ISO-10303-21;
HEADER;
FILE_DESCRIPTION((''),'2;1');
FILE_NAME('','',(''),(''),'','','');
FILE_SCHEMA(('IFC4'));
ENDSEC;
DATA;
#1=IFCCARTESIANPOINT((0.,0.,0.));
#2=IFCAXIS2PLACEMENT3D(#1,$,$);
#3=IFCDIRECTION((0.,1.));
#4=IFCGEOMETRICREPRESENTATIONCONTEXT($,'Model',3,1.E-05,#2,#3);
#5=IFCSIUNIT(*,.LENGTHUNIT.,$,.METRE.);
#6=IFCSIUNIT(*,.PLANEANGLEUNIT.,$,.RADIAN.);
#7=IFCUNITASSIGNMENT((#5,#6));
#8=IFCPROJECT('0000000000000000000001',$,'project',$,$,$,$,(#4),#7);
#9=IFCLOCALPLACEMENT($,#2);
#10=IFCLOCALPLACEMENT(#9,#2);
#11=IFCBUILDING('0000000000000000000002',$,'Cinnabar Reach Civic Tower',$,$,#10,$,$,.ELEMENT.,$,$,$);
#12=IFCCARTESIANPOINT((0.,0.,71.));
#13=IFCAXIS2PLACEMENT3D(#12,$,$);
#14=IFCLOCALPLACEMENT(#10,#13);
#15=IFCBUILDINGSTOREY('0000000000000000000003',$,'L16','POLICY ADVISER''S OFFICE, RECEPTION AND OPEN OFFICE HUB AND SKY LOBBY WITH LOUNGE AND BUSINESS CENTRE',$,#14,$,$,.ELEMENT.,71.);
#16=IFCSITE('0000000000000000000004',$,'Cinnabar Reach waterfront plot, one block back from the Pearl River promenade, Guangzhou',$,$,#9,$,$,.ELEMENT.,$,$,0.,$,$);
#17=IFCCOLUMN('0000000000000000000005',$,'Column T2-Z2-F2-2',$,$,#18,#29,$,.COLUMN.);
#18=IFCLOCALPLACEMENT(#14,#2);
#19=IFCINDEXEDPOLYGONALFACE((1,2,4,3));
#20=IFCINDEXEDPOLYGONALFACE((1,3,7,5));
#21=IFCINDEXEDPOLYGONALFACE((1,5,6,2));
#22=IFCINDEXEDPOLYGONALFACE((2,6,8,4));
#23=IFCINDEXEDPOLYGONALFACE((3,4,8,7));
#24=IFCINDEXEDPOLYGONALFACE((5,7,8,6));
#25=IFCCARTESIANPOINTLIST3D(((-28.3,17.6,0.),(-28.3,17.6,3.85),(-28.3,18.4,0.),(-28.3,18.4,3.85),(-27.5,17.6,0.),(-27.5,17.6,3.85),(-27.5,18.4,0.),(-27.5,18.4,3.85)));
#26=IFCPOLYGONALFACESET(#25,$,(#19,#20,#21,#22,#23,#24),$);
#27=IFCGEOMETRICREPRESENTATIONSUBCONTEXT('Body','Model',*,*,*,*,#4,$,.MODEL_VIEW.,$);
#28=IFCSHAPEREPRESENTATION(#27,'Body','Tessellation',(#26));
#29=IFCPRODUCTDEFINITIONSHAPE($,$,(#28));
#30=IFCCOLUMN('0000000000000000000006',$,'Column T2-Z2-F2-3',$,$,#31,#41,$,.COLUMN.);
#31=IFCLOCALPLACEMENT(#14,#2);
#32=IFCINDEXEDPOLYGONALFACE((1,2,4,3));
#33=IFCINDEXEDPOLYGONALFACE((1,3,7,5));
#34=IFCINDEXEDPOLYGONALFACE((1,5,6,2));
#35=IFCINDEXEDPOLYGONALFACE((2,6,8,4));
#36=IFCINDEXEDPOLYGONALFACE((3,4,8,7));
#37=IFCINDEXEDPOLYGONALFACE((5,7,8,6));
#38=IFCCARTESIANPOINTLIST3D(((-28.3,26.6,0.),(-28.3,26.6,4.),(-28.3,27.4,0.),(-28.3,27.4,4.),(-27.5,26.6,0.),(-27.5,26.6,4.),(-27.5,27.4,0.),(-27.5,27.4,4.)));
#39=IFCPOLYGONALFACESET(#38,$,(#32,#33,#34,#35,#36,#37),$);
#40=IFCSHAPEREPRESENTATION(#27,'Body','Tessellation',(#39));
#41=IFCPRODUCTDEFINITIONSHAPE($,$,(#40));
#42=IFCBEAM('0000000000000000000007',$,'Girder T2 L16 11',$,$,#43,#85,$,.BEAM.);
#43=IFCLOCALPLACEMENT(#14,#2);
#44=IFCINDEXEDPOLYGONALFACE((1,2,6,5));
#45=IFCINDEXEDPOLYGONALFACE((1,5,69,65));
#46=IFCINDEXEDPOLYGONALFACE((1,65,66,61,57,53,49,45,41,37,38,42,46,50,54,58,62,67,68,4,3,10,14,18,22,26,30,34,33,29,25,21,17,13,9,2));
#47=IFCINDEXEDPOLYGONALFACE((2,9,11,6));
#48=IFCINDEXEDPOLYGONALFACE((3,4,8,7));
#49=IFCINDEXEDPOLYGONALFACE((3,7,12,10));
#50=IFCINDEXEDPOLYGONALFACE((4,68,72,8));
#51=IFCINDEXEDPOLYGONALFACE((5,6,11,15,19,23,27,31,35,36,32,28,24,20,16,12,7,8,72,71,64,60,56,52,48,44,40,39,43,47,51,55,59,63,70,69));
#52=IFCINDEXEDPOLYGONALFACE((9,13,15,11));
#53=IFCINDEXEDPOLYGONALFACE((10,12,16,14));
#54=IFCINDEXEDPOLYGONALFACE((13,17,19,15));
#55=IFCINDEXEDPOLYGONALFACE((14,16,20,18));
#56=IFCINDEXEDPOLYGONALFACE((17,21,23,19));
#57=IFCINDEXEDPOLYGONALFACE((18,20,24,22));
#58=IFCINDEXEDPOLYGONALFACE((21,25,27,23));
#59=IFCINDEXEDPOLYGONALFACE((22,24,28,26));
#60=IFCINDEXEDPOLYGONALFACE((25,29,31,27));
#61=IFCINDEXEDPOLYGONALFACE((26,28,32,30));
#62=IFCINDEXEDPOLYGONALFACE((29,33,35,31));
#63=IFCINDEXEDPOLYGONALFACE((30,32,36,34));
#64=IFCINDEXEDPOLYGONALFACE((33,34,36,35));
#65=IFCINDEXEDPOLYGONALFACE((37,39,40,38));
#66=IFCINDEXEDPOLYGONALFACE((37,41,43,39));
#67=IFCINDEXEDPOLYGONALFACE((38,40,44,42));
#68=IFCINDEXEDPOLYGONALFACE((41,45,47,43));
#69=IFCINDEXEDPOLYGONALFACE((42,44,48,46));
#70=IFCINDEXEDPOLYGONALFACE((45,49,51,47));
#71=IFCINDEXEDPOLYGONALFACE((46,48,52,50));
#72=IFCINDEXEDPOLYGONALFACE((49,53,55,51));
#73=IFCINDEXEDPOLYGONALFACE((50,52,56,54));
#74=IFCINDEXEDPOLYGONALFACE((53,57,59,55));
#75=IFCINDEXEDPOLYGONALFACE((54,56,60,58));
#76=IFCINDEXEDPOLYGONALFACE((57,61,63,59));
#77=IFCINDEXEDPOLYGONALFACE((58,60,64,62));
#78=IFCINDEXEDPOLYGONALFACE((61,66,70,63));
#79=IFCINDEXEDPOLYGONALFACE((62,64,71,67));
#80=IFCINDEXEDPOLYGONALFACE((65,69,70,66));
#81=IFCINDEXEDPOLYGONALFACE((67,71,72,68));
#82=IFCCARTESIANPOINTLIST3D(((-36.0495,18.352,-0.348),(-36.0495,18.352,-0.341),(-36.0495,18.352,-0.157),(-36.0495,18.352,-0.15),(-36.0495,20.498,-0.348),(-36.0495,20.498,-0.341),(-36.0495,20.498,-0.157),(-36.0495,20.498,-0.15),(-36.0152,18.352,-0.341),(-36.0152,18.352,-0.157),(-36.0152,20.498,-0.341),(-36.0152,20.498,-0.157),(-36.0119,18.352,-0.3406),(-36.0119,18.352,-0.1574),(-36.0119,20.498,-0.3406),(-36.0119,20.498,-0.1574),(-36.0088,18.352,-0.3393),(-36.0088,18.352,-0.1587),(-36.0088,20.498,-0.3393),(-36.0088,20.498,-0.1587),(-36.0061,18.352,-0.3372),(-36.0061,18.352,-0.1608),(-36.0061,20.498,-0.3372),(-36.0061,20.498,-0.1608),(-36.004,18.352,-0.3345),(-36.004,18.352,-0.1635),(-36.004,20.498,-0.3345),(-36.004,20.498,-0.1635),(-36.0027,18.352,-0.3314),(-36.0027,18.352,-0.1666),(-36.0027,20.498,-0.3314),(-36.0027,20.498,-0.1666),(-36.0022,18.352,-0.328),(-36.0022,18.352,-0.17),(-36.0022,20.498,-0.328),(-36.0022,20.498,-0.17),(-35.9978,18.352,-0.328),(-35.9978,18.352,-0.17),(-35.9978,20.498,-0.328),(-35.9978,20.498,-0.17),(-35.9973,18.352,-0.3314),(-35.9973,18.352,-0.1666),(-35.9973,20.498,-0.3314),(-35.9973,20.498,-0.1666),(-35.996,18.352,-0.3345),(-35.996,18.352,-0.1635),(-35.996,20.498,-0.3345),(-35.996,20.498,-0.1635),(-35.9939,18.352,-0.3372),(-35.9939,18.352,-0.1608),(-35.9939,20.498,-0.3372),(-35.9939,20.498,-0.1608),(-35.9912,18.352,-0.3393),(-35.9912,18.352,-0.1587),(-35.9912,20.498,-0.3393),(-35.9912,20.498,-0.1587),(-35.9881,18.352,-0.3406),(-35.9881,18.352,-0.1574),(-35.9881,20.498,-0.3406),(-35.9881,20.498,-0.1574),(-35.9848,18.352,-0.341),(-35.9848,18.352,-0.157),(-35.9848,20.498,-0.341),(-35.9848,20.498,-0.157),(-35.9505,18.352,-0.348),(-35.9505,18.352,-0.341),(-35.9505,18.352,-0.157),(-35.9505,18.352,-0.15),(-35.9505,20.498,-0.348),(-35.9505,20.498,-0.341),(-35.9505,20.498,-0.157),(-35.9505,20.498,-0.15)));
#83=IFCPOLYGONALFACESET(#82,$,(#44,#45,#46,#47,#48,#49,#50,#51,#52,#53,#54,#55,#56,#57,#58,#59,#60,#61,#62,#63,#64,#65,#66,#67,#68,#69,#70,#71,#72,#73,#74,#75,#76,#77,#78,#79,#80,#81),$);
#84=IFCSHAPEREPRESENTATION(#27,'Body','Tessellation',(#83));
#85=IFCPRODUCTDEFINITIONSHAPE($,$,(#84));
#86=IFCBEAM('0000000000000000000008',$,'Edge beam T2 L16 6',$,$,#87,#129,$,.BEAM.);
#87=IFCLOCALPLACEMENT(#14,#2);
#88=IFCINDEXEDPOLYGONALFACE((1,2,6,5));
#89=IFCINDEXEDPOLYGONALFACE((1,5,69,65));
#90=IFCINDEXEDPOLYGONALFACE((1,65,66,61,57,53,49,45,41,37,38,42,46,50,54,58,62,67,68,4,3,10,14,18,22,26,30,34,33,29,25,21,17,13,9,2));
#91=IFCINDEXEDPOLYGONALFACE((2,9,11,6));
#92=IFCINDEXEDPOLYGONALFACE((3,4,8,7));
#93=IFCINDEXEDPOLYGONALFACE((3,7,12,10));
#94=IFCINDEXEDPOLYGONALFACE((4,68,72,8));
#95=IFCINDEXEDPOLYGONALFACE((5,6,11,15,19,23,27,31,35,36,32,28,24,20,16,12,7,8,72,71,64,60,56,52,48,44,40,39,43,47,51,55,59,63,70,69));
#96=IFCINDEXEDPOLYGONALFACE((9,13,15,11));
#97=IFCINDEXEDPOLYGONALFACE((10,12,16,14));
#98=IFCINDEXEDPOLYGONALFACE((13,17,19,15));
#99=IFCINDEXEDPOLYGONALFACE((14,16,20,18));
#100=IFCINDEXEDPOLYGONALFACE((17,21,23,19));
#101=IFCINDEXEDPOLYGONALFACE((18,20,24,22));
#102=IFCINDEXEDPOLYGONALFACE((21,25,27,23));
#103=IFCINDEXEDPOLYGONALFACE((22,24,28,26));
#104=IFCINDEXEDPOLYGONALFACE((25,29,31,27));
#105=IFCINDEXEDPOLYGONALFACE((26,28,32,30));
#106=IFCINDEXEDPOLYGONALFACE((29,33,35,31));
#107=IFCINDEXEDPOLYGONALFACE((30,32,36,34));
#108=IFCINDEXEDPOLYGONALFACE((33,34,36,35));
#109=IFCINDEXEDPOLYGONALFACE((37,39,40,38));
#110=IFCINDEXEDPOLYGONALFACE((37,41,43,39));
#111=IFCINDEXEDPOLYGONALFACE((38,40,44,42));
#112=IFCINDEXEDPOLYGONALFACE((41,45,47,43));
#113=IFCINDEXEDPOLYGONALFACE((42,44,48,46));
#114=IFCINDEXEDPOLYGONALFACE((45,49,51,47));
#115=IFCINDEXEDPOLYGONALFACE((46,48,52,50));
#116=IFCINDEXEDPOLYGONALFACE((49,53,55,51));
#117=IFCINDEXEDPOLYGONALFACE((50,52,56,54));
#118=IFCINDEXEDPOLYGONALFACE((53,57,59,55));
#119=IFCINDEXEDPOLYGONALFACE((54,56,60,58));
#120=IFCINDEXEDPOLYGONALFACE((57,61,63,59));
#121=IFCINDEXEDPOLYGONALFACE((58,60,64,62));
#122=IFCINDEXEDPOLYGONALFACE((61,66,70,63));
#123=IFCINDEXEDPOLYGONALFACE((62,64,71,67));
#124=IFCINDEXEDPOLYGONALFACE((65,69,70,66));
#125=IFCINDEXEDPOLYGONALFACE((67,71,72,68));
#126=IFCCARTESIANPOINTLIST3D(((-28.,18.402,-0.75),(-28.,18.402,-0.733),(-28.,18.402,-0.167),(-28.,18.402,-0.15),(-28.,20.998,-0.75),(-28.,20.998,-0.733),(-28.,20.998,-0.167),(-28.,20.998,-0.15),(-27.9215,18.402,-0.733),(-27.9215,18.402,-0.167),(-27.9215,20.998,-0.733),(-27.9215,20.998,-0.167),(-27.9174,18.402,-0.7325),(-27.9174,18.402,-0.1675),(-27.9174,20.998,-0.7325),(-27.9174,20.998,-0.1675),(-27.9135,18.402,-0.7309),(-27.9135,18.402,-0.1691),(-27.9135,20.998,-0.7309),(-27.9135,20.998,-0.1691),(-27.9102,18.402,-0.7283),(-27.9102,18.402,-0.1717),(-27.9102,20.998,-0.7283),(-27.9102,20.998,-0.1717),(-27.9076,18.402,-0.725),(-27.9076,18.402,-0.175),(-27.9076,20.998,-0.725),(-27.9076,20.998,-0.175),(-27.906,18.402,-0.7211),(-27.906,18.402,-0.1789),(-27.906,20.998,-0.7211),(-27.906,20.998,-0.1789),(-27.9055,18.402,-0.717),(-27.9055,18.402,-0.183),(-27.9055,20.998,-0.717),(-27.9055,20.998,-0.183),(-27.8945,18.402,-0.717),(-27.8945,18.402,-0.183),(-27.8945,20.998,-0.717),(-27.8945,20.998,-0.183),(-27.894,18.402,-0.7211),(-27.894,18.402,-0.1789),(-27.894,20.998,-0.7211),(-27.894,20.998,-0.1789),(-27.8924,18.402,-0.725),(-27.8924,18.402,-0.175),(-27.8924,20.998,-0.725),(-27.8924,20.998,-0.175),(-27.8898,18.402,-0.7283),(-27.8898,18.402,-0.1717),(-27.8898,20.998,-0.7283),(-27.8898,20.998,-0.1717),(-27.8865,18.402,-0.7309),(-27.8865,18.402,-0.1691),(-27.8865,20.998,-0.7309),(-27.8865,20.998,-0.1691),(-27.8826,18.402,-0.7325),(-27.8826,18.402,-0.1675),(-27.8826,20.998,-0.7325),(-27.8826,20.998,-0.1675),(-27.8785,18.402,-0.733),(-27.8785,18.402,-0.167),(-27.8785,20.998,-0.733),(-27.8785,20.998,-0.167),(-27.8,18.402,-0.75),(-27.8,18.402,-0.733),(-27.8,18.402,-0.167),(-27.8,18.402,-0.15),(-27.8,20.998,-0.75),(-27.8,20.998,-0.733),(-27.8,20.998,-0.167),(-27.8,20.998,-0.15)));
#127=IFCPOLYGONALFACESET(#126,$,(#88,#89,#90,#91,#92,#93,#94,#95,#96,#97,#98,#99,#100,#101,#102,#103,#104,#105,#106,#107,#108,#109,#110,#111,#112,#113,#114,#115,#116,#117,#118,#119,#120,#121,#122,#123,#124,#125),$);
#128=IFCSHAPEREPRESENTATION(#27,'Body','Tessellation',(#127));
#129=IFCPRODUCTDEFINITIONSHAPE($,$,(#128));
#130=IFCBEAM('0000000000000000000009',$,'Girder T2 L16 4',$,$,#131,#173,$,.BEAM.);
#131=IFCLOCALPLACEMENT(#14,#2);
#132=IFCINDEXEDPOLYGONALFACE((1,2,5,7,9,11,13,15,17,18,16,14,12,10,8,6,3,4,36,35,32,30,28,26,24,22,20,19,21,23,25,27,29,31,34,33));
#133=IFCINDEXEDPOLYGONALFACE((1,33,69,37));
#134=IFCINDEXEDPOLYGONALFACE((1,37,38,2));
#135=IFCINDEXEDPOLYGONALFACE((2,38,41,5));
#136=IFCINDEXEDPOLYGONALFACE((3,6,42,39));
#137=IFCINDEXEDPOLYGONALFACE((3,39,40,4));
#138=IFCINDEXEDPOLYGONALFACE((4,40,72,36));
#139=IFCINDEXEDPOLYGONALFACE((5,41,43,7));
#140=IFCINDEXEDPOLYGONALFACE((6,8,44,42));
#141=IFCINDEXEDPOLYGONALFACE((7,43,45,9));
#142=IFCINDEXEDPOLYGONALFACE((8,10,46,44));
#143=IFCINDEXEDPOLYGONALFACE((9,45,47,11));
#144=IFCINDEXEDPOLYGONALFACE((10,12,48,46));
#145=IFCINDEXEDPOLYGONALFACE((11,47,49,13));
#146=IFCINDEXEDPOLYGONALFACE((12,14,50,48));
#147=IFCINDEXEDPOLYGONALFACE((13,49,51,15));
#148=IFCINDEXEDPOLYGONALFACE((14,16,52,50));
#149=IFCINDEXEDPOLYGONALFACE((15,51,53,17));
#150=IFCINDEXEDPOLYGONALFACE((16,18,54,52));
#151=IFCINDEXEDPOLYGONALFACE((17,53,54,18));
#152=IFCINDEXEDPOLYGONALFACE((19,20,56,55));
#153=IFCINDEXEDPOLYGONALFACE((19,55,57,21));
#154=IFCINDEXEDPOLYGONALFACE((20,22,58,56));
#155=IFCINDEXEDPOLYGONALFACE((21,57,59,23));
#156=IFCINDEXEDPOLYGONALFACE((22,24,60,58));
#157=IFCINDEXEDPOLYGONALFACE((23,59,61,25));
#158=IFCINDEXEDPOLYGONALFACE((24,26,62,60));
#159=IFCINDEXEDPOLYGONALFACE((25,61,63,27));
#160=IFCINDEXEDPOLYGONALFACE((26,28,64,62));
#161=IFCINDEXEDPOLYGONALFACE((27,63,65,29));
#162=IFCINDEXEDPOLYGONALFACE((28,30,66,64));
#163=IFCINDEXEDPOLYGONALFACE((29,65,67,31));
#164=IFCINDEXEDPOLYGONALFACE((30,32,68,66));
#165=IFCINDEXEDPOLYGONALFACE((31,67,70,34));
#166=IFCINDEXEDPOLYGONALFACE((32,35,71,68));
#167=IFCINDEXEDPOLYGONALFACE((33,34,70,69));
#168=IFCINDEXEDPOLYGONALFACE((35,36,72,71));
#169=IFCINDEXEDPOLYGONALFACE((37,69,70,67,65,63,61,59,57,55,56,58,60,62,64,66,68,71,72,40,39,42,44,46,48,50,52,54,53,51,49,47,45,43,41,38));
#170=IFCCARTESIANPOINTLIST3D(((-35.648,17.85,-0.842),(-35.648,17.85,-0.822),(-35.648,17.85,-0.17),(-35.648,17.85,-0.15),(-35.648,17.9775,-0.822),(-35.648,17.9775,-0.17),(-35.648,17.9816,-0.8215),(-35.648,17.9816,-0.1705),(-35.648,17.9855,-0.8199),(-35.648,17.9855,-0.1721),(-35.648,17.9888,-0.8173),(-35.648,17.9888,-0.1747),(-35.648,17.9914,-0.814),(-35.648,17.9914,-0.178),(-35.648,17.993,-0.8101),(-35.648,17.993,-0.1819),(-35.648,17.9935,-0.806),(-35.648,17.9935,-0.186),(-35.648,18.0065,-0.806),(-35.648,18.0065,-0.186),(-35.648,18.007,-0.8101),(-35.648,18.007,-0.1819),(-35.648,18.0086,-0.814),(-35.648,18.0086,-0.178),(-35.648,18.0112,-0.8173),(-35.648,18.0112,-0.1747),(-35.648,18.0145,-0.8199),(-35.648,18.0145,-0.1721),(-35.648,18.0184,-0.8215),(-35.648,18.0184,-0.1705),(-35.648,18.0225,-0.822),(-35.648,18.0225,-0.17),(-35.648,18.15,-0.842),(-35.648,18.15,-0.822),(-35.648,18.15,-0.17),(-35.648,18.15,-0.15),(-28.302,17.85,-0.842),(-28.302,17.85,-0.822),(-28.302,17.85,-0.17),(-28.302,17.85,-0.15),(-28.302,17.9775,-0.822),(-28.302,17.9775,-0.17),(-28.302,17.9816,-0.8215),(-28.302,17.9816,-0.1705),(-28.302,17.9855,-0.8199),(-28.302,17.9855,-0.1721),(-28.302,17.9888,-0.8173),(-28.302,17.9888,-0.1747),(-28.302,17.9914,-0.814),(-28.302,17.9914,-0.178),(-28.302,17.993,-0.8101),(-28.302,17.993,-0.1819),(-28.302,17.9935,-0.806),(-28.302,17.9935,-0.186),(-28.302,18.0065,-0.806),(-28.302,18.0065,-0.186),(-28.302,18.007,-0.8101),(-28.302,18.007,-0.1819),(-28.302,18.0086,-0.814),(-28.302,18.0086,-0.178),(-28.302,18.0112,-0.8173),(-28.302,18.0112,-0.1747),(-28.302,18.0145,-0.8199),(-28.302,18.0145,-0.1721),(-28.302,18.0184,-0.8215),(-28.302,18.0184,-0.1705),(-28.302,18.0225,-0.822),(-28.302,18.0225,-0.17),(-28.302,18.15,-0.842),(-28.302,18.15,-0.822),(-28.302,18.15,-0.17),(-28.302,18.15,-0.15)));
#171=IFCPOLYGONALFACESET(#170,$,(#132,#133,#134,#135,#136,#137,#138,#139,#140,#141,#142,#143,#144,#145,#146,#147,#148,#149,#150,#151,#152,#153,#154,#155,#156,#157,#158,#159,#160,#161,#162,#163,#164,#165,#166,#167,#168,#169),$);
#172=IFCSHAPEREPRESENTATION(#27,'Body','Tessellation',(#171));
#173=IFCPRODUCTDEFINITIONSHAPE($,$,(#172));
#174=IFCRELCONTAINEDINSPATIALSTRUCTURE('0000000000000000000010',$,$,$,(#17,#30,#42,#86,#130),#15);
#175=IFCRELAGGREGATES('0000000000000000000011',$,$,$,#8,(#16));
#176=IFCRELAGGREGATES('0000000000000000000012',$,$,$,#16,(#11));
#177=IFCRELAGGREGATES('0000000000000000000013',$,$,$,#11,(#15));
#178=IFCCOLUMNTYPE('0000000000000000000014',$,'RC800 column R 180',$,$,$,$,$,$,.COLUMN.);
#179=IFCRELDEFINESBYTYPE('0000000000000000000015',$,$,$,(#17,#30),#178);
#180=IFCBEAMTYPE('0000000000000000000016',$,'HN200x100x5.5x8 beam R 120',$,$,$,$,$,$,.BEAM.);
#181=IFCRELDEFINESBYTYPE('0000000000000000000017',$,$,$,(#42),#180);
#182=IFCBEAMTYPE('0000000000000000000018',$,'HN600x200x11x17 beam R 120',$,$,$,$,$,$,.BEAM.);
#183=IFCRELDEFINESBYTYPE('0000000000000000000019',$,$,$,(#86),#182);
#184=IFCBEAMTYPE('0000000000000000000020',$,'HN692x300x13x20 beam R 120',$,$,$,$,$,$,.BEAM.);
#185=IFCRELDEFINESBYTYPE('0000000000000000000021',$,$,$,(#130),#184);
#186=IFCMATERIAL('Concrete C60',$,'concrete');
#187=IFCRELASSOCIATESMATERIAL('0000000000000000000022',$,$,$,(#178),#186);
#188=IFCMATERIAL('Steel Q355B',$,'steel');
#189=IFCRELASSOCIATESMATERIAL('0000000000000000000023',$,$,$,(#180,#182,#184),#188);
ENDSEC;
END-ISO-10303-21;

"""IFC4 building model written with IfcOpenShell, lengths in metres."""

from ifc_helpers import new_model, si_unit, direction, frame, origin, origin_2d, place, context, subcontext, project, spatial, rectangle, i_section, extrude, material, material_profile, profile_set, type_object, element, save


model = new_model("IFC4")

# Units and contexts
model_context = context("Model", 3, precision=1e-05, world=origin(), true_north=direction((0.0, 1.0)))
body_context = subcontext(model_context, "Body", "Model", "MODEL_VIEW")
ifc_project = project(units=[si_unit("LENGTHUNIT", "METRE"), si_unit("PLANEANGLEUNIT", "RADIAN")], contexts=[model_context])

# Site, building, storey
site_placement = place(None, origin())
site = spatial("IfcSite", under=ifc_project, at=site_placement, Name="Cinnabar Reach waterfront plot, one block back from the Pearl River promenade, Guangzhou", CompositionType="ELEMENT", RefElevation=0.0)
building_placement = place(site_placement, origin())
building = spatial("IfcBuilding", under=site, at=building_placement, Name="Cinnabar Reach Civic Tower", CompositionType="ELEMENT")
storey_placement = place(building_placement, frame((0.0, 0.0, 71.0)))
storey = spatial("IfcBuildingStorey", under=building, at=storey_placement, Name="L16", Description="POLICY ADVISER'S OFFICE, RECEPTION AND OPEN OFFICE HUB AND SKY LOBBY WITH LOUNGE AND BUSINESS CENTRE", CompositionType="ELEMENT", Elevation=71.0)

# Columns
ifc_material_1 = material(Name="Concrete C60", Category="concrete")
ifc_material_profile_1 = material_profile(ifc_material_1, rectangle(XDim=0.8, YDim=0.8, at=origin_2d()), Name="RC800")
ifc_profile_set_1 = profile_set([ifc_material_profile_1], Name="Concrete C60")
column_type = type_object("IfcColumnType", Name="RC800 column R 180", PredefinedType="COLUMN", material=ifc_profile_set_1)
column_1_placement = place(storey_placement, frame((-27.9, 18.0, 0.0), z_axis=(0.0, 0.0, 1.0), x_axis=(1.0, 0.0, 0.0)))
element("IfcColumn", 1, at=column_1_placement, inside=storey, type_object=column_type, Name="Column T2-Z2-F2-2", PredefinedType="COLUMN", context=body_context, shape_type="SweptSolid", body=[
    extrude(rectangle(XDim=0.8, YDim=0.8, at=origin_2d()), origin(), (0.0, 0.0, 1.0), 3.85),
])
column_2_placement = place(storey_placement, frame((-27.9, 27.0, 0.0), z_axis=(0.0, 0.0, 1.0), x_axis=(1.0, 0.0, 0.0)))
element("IfcColumn", 2, at=column_2_placement, inside=storey, type_object=column_type, Name="Column T2-Z2-F2-3", PredefinedType="COLUMN", context=body_context, shape_type="SweptSolid", body=[
    extrude(rectangle(XDim=0.8, YDim=0.8, at=origin_2d()), origin(), (0.0, 0.0, 1.0), 4.0),
])

# Beams
ifc_material_2 = material(Name="Steel Q355B", Category="steel")
ifc_material_profile_2 = material_profile(ifc_material_2, i_section(OverallWidth=0.099, OverallDepth=0.198, WebThickness=0.0045, FlangeThickness=0.007, FilletRadius=0.013, at=origin_2d()), Name="HN200x100x5.5x8")
ifc_profile_set_2 = profile_set([ifc_material_profile_2], Name="Steel Q355B")
beam_type_1 = type_object("IfcBeamType", Name="HN200x100x5.5x8 beam R 120", PredefinedType="BEAM", material=ifc_profile_set_2)
beam_1_placement = place(storey_placement, frame((-36.0, 18.352, -0.249), z_axis=(0.0, 1.0, 0.0), x_axis=(-1.0, 0.0, 0.0)))
element("IfcBeam", 3, at=beam_1_placement, inside=storey, type_object=beam_type_1, Name="Girder T2 L16 11", PredefinedType="BEAM", context=body_context, shape_type="SweptSolid", body=[
    extrude(i_section(OverallWidth=0.099, OverallDepth=0.198, WebThickness=0.0045, FlangeThickness=0.007, FilletRadius=0.013, at=origin_2d()), origin(), (0.0, 0.0, 1.0), 2.146),
])
ifc_material_profile_3 = material_profile(ifc_material_2, i_section(OverallWidth=0.2, OverallDepth=0.6, WebThickness=0.011, FlangeThickness=0.017, FilletRadius=0.016, at=origin_2d()), Name="HN600x200x11x17")
ifc_profile_set_3 = profile_set([ifc_material_profile_3], Name="Steel Q355B")
beam_type_2 = type_object("IfcBeamType", Name="HN600x200x11x17 beam R 120", PredefinedType="BEAM", material=ifc_profile_set_3)
beam_2_placement = place(storey_placement, frame((-27.9, 18.402, -0.45), z_axis=(0.0, 1.0, 0.0), x_axis=(-1.0, 0.0, 0.0)))
element("IfcBeam", 4, at=beam_2_placement, inside=storey, type_object=beam_type_2, Name="Edge beam T2 L16 6", PredefinedType="BEAM", context=body_context, shape_type="SweptSolid", body=[
    extrude(i_section(OverallWidth=0.2, OverallDepth=0.6, WebThickness=0.011, FlangeThickness=0.017, FilletRadius=0.016, at=origin_2d()), origin(), (0.0, 0.0, 1.0), 2.596),
])
ifc_material_profile_4 = material_profile(ifc_material_2, i_section(OverallWidth=0.3, OverallDepth=0.692, WebThickness=0.013, FlangeThickness=0.02, FilletRadius=0.016, at=origin_2d()), Name="HN692x300x13x20")
ifc_profile_set_4 = profile_set([ifc_material_profile_4], Name="Steel Q355B")
beam_type_3 = type_object("IfcBeamType", Name="HN692x300x13x20 beam R 120", PredefinedType="BEAM", material=ifc_profile_set_4)
beam_3_placement = place(storey_placement, frame((-35.648, 18.0, -0.496), z_axis=(1.0, 0.0, 0.0), x_axis=(0.0, 1.0, 0.0)))
element("IfcBeam", 5, at=beam_3_placement, inside=storey, type_object=beam_type_3, Name="Girder T2 L16 4", PredefinedType="BEAM", context=body_context, shape_type="SweptSolid", body=[
    extrude(i_section(OverallWidth=0.3, OverallDepth=0.692, WebThickness=0.013, FlangeThickness=0.02, FilletRadius=0.016, at=origin_2d()), origin(), (0.0, 0.0, 1.0), 7.346),
])

save(model, "model.ifc")
